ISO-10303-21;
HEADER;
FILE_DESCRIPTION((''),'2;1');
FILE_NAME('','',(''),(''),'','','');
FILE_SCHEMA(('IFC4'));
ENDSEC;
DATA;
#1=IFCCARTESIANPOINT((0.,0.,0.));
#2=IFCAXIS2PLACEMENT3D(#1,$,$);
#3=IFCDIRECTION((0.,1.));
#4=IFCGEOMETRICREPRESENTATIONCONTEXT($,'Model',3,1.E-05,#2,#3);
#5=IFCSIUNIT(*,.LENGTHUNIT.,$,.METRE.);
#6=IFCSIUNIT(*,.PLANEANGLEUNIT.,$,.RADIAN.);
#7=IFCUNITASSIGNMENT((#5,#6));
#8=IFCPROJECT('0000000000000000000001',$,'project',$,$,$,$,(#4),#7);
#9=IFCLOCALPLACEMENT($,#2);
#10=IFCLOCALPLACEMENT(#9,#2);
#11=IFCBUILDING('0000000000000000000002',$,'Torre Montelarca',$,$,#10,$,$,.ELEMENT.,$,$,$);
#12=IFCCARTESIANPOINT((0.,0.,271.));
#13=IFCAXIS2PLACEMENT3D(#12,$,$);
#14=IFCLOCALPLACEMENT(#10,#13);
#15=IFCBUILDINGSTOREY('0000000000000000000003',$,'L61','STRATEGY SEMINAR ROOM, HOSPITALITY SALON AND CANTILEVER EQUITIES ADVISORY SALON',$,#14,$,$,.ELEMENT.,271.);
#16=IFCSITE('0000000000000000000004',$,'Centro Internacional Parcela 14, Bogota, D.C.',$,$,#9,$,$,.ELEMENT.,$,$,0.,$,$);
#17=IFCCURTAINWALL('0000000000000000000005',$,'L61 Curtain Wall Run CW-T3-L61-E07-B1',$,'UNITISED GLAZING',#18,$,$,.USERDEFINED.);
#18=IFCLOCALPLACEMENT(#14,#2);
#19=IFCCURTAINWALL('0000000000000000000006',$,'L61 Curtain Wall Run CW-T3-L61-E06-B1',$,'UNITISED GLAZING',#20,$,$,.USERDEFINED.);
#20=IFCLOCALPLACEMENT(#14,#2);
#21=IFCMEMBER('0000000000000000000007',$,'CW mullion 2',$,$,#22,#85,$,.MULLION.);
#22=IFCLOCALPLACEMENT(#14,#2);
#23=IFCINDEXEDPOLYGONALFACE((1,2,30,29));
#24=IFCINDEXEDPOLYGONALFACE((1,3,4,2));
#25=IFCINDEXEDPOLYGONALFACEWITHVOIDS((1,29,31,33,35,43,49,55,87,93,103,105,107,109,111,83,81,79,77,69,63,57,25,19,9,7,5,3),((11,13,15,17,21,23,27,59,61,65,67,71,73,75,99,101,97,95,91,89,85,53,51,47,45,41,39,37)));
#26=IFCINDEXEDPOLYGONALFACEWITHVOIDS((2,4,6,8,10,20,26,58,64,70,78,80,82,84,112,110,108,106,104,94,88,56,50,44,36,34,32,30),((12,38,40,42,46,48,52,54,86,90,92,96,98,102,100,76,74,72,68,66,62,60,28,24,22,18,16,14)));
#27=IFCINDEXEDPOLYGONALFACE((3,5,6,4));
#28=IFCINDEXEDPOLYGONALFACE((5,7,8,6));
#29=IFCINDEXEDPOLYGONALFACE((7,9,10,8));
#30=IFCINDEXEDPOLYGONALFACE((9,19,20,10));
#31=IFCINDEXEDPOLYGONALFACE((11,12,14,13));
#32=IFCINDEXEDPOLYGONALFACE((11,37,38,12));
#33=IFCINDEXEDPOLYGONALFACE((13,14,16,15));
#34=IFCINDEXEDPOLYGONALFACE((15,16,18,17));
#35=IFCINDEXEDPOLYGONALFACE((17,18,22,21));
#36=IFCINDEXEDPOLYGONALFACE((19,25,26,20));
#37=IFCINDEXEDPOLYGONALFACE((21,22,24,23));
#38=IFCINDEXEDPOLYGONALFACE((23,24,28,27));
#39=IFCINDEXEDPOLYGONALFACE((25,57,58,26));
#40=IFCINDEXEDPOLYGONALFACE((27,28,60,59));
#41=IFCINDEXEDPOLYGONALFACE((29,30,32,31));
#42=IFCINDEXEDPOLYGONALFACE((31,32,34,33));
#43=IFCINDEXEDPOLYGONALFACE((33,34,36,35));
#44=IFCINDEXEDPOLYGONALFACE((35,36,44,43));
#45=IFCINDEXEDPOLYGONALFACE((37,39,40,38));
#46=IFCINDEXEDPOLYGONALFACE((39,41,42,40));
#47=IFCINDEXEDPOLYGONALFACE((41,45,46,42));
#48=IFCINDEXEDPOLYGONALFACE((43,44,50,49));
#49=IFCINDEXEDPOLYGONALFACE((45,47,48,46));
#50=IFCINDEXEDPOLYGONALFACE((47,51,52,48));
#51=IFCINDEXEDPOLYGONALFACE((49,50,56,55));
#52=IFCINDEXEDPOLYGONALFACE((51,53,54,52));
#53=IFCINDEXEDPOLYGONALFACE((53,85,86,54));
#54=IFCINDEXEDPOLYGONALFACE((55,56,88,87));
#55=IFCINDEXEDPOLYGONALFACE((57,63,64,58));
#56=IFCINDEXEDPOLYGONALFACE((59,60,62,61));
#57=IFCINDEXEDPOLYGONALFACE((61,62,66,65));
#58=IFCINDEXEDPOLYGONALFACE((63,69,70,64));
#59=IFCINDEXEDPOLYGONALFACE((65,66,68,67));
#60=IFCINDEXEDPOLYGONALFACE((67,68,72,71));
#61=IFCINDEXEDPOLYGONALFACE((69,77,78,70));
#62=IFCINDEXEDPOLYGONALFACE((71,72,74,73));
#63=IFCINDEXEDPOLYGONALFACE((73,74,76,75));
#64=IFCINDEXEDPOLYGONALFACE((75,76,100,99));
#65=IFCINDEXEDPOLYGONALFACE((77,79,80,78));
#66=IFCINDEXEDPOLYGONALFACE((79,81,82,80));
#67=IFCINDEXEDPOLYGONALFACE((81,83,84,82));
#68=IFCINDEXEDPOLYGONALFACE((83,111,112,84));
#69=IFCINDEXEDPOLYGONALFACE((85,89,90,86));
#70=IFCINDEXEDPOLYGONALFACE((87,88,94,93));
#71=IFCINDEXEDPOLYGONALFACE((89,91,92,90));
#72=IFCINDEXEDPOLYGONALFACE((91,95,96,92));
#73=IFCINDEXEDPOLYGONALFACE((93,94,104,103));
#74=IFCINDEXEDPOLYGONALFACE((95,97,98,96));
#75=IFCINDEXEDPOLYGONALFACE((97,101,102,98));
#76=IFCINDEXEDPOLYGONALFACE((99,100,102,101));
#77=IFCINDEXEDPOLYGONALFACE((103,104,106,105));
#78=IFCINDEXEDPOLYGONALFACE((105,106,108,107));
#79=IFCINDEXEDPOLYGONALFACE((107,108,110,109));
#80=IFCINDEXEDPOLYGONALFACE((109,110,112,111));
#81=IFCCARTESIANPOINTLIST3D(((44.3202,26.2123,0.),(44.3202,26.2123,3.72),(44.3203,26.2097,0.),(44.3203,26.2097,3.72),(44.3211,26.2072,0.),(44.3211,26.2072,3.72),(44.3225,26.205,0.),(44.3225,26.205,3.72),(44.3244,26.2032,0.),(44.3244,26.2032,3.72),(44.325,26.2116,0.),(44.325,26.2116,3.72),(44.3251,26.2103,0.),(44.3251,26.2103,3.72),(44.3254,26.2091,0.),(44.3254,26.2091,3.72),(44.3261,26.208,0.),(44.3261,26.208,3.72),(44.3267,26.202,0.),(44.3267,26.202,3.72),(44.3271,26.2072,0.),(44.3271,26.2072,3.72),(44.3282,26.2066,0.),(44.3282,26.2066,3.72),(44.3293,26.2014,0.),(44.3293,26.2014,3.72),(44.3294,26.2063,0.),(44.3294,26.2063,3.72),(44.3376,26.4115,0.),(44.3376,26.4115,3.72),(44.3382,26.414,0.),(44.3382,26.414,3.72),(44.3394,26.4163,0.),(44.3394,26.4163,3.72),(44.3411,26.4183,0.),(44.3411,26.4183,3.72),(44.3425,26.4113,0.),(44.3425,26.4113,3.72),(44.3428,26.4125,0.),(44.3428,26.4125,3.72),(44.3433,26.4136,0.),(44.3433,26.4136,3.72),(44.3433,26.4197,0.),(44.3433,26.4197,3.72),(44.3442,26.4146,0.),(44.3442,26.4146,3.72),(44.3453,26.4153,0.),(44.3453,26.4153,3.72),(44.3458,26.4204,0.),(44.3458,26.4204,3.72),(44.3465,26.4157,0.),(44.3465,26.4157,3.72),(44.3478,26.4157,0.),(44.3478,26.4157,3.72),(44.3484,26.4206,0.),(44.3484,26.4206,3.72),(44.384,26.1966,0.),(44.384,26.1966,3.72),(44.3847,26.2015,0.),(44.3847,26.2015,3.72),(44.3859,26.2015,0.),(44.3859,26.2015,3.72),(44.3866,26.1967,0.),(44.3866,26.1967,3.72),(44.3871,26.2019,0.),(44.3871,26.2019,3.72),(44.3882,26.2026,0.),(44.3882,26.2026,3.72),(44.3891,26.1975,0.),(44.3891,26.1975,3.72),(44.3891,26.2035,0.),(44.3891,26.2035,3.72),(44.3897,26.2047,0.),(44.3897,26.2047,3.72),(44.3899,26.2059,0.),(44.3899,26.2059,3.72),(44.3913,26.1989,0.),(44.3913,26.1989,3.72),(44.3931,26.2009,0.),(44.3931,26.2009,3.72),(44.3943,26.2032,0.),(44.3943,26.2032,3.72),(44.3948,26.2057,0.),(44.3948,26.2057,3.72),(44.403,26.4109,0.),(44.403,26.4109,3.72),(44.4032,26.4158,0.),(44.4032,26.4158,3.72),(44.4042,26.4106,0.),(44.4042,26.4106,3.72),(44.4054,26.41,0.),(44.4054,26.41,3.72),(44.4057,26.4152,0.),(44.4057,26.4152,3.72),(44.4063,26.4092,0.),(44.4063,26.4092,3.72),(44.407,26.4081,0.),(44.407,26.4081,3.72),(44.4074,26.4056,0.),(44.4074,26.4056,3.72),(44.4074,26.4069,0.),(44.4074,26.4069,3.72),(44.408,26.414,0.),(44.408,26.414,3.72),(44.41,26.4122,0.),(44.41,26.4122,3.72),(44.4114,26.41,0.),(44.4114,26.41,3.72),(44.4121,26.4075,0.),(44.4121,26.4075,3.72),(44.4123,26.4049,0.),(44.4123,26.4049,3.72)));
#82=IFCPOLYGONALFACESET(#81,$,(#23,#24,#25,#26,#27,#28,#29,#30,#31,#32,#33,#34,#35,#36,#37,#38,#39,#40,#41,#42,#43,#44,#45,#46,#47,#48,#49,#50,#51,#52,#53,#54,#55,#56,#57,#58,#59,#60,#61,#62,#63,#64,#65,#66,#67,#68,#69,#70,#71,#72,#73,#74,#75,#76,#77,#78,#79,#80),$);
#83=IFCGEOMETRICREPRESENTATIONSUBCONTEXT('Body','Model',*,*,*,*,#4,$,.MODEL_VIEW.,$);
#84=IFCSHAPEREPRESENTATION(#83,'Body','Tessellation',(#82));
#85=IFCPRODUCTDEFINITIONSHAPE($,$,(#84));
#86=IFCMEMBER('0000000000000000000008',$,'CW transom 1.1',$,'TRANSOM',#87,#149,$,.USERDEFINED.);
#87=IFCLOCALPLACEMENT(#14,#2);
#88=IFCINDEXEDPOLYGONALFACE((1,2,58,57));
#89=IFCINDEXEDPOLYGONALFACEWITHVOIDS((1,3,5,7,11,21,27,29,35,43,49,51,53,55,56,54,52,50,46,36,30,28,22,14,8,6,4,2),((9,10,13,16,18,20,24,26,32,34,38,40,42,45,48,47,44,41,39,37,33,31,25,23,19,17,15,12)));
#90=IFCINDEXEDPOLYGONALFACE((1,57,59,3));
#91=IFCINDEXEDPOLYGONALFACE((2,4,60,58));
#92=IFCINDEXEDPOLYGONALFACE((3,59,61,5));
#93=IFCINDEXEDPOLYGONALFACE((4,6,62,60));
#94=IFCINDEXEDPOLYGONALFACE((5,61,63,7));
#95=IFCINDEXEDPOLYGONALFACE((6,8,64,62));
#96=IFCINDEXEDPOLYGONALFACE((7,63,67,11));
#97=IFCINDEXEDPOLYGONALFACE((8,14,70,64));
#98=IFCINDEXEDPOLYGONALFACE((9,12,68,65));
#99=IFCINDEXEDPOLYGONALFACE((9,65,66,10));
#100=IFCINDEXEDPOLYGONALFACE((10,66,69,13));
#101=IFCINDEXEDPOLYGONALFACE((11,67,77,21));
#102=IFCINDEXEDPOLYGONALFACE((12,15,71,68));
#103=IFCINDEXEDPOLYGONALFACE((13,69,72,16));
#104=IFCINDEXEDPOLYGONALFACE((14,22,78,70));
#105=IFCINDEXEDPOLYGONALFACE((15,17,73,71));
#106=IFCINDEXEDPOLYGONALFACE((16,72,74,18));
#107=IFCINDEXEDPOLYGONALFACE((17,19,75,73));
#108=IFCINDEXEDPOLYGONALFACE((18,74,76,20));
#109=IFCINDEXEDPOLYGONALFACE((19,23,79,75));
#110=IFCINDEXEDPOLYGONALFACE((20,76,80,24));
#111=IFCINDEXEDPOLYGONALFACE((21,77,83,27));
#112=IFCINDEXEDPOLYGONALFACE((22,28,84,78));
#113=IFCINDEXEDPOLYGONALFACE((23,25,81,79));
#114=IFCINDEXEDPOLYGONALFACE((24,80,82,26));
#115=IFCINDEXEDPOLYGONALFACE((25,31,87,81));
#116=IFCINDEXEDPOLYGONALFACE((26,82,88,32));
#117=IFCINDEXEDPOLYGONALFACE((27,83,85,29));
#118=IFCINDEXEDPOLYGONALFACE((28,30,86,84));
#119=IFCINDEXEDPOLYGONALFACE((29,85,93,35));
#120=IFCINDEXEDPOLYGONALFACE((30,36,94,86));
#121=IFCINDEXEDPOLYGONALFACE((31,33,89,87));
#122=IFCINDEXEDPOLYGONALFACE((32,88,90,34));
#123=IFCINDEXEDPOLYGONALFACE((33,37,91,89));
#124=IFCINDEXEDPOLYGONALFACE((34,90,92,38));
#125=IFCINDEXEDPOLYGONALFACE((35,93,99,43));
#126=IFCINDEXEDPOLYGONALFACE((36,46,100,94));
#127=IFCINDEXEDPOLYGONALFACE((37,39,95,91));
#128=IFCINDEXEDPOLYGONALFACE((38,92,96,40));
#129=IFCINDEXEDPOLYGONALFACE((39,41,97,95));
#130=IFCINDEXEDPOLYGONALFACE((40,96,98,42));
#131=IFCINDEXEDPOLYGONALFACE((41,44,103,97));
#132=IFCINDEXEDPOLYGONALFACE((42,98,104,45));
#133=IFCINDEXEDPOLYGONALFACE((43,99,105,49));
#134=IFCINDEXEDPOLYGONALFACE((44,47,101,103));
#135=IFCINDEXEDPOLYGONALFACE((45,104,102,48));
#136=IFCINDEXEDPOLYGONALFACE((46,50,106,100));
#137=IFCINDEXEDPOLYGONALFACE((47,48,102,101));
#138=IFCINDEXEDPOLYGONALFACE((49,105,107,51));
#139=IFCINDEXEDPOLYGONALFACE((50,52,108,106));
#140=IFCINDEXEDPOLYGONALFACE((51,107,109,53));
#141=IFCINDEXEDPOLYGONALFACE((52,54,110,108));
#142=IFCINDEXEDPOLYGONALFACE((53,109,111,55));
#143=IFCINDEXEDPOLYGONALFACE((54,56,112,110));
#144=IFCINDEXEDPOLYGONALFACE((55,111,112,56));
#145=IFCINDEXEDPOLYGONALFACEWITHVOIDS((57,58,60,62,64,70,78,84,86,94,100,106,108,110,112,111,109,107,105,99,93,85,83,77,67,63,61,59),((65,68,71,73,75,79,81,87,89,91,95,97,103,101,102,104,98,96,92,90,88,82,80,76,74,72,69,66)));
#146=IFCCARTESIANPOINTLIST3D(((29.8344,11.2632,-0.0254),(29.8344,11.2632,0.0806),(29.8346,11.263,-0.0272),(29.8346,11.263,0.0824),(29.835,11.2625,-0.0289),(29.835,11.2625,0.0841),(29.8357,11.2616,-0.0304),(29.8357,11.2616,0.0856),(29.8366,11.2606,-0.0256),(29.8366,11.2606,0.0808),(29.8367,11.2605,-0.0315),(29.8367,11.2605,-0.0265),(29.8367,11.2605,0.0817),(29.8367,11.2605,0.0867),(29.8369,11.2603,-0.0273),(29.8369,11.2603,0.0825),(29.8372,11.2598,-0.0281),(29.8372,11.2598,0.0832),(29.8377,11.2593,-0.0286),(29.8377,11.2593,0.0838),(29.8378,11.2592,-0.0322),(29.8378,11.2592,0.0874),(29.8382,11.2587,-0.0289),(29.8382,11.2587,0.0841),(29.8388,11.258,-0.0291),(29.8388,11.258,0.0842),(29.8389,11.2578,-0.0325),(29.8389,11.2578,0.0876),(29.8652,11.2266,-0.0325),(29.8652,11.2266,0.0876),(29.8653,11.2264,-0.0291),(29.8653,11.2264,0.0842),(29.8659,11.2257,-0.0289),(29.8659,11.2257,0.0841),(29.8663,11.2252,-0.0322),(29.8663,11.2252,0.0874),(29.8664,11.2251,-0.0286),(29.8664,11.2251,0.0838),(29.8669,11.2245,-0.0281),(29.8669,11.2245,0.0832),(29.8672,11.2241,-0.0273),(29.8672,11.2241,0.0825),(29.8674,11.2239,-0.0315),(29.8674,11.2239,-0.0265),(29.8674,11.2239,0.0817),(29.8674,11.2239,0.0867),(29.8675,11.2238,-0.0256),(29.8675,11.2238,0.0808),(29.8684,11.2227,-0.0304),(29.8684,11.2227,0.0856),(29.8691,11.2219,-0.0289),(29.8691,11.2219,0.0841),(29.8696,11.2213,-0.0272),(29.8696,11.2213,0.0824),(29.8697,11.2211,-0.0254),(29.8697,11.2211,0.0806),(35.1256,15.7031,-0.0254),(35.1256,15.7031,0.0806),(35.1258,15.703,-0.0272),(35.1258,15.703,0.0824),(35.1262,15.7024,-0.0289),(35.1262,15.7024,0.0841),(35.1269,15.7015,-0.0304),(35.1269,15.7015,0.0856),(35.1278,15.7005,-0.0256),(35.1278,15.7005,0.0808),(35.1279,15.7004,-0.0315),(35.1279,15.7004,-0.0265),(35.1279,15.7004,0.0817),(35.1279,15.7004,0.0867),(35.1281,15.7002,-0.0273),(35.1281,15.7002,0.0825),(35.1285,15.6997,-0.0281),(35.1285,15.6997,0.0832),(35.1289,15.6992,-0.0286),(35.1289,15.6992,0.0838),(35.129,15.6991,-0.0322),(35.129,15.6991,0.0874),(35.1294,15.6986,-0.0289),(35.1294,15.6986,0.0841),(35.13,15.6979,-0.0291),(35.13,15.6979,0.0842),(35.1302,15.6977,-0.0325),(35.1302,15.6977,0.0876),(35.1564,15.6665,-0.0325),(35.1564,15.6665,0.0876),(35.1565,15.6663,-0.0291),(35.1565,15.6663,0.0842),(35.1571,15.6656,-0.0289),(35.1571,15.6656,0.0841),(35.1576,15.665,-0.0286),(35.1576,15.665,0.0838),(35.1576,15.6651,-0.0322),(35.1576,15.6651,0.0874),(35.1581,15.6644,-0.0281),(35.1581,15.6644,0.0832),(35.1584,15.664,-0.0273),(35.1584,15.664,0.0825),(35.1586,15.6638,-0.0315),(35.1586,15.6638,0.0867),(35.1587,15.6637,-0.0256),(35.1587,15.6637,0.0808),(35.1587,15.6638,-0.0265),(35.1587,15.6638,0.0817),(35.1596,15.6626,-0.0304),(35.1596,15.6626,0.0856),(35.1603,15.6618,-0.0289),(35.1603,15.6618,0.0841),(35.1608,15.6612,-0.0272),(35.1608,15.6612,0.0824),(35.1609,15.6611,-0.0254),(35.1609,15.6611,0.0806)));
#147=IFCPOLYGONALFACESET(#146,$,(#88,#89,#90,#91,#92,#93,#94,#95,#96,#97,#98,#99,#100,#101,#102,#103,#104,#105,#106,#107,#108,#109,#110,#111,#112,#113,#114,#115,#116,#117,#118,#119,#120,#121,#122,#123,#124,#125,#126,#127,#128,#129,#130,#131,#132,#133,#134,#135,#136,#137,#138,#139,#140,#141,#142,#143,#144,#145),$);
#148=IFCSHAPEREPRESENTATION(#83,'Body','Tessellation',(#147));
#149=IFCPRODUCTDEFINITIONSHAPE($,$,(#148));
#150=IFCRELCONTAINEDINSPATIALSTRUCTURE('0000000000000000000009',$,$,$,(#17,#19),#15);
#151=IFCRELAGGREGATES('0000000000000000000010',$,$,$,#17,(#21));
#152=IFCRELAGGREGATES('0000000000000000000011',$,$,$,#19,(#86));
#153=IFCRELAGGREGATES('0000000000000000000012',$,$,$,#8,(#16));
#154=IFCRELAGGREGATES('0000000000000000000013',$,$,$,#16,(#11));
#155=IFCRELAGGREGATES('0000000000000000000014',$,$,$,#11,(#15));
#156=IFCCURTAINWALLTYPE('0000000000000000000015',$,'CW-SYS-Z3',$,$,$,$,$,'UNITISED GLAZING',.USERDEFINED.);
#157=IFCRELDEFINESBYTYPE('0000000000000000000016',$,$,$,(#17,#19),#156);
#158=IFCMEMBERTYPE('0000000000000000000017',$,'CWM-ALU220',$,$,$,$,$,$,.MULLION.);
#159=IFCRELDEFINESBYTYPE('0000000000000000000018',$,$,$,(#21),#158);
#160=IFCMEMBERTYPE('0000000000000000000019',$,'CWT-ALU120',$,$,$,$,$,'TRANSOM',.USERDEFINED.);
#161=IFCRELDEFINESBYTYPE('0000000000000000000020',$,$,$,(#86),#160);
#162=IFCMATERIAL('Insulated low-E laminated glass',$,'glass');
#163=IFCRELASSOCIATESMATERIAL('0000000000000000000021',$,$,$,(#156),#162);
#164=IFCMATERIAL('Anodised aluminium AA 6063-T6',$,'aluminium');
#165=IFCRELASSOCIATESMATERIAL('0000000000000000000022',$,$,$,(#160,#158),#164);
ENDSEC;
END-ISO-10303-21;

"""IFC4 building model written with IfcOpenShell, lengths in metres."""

from ifc_helpers import new_model, si_unit, direction, frame, origin, origin_2d, place, context, subcontext, project, spatial, hollow_rectangle, extrude, source, transform, mapped, material, material_profile, profile_set, type_object, element, aggregate, save


model = new_model("IFC4")

# Units and contexts
model_context = context("Model", 3, precision=1e-05, world=origin(), true_north=direction((0.0, 1.0)))
body_context = subcontext(model_context, "Body", "Model", "MODEL_VIEW")
ifc_project = project(units=[si_unit("LENGTHUNIT", "METRE"), si_unit("PLANEANGLEUNIT", "RADIAN")], contexts=[model_context])

# Site, building, storey
site_placement = place(None, origin())
site = spatial("IfcSite", under=ifc_project, at=site_placement, Name="Centro Internacional Parcela 14, Bogota, D.C.", CompositionType="ELEMENT", RefElevation=0.0)
building_placement = place(site_placement, origin())
building = spatial("IfcBuilding", under=site, at=building_placement, Name="Torre Montelarca", CompositionType="ELEMENT")
storey_placement = place(building_placement, frame((0.0, 0.0, 271.0)))
storey = spatial("IfcBuildingStorey", under=building, at=storey_placement, Name="L61", Description="STRATEGY SEMINAR ROOM, HOSPITALITY SALON AND CANTILEVER EQUITIES ADVISORY SALON", CompositionType="ELEMENT", Elevation=271.0)

# Curtain walls
ifc_material_1 = material(Name="Insulated low-E laminated glass", Category="glass")
curtain_wall_type = type_object("IfcCurtainWallType", Name="CW-SYS-Z3", ElementType="UNITISED GLAZING", PredefinedType="USERDEFINED", material=ifc_material_1)
curtain_wall_1_placement = place(storey_placement, origin())
curtain_wall_1 = element("IfcCurtainWall", 1, at=curtain_wall_1_placement, inside=storey, type_object=curtain_wall_type, Name="L61 Curtain Wall Run CW-T3-L61-E07-B1", ObjectType="UNITISED GLAZING", PredefinedType="USERDEFINED")
ifc_material_2 = material(Name="Anodised aluminium AA 6063-T6", Category="aluminium")
ifc_material_profile_1 = material_profile(ifc_material_2, hollow_rectangle(XDim=0.0549, YDim=0.1201, WallThickness=0.0034, InnerFilletRadius=0.0034, OuterFilletRadius=0.0071, at=origin_2d()), Name="ALU55X120X3.5", Category="aluminium")
ifc_profile_set_1 = profile_set([ifc_material_profile_1], Name="Anodised aluminium AA 6063-T6")
member_type_1 = type_object("IfcMemberType", Name="CWT-ALU120", ElementType="TRANSOM", PredefinedType="USERDEFINED", material=ifc_profile_set_1)
curtain_wall_2_placement = place(storey_placement, origin())
curtain_wall_2 = element("IfcCurtainWall", 2, at=curtain_wall_2_placement, inside=storey, type_object=curtain_wall_type, Name="L61 Curtain Wall Run CW-T3-L61-E06-B1", ObjectType="UNITISED GLAZING", PredefinedType="USERDEFINED")
ifc_material_profile_2 = material_profile(ifc_material_2, hollow_rectangle(XDim=0.075, YDim=0.22, WallThickness=0.0049, InnerFilletRadius=0.0049, OuterFilletRadius=0.01, at=origin_2d()), Name="ALU75X220X5", Category="aluminium")
ifc_profile_set_2 = profile_set([ifc_material_profile_2], Name="Anodised aluminium AA 6063-T6")
member_type_2 = type_object("IfcMemberType", Name="CWM-ALU220", PredefinedType="MULLION", material=ifc_profile_set_2)
shared_shape_1 = source(origin(), body_context, "Body", "SweptSolid", [
    extrude(hollow_rectangle(XDim=0.075, YDim=0.22, WallThickness=0.0049, InnerFilletRadius=0.0049, OuterFilletRadius=0.01, at=origin_2d()), origin(), (0.0, 0.0, 1.0), 3.72),
])

# Members
member_1_placement = place(storey_placement, frame((44.3662, 26.3086, 0.0), z_axis=(0.0, 0.0, 1.0), x_axis=(-0.996194, 0.087166, 0.0)))
member_1 = element("IfcMember", 3, at=member_1_placement, type_object=member_type_2, Name="CW mullion 2", PredefinedType="MULLION", context=body_context, shape_type="MappedRepresentation", body=[
    mapped(shared_shape_1, transform((0.0, 0.0, 0.0), scale=1.0)),
])
shared_shape_2 = source(origin(), body_context, "Body", "SweptSolid", [
    extrude(hollow_rectangle(XDim=0.0549, YDim=0.1201, WallThickness=0.0034, InnerFilletRadius=0.0034, OuterFilletRadius=0.0071, at=origin_2d()), origin(), (0.0, 0.0, 1.0), 6.9072),
])
member_2_placement = place(storey_placement, frame((29.8521, 11.2422, 0.0276), z_axis=(0.766041, 0.642792, 0.0), x_axis=(-0.642792, 0.766041, 0.0)))
member_2 = element("IfcMember", 4, at=member_2_placement, type_object=member_type_1, Name="CW transom 1.1", ObjectType="TRANSOM", PredefinedType="USERDEFINED", context=body_context, shape_type="MappedRepresentation", body=[
    mapped(shared_shape_2, transform((0.0, 0.0, 0.0), scale=1.0)),
])

aggregate(curtain_wall_1, [member_1])
aggregate(curtain_wall_2, [member_2])

save(model, "model.ifc")
